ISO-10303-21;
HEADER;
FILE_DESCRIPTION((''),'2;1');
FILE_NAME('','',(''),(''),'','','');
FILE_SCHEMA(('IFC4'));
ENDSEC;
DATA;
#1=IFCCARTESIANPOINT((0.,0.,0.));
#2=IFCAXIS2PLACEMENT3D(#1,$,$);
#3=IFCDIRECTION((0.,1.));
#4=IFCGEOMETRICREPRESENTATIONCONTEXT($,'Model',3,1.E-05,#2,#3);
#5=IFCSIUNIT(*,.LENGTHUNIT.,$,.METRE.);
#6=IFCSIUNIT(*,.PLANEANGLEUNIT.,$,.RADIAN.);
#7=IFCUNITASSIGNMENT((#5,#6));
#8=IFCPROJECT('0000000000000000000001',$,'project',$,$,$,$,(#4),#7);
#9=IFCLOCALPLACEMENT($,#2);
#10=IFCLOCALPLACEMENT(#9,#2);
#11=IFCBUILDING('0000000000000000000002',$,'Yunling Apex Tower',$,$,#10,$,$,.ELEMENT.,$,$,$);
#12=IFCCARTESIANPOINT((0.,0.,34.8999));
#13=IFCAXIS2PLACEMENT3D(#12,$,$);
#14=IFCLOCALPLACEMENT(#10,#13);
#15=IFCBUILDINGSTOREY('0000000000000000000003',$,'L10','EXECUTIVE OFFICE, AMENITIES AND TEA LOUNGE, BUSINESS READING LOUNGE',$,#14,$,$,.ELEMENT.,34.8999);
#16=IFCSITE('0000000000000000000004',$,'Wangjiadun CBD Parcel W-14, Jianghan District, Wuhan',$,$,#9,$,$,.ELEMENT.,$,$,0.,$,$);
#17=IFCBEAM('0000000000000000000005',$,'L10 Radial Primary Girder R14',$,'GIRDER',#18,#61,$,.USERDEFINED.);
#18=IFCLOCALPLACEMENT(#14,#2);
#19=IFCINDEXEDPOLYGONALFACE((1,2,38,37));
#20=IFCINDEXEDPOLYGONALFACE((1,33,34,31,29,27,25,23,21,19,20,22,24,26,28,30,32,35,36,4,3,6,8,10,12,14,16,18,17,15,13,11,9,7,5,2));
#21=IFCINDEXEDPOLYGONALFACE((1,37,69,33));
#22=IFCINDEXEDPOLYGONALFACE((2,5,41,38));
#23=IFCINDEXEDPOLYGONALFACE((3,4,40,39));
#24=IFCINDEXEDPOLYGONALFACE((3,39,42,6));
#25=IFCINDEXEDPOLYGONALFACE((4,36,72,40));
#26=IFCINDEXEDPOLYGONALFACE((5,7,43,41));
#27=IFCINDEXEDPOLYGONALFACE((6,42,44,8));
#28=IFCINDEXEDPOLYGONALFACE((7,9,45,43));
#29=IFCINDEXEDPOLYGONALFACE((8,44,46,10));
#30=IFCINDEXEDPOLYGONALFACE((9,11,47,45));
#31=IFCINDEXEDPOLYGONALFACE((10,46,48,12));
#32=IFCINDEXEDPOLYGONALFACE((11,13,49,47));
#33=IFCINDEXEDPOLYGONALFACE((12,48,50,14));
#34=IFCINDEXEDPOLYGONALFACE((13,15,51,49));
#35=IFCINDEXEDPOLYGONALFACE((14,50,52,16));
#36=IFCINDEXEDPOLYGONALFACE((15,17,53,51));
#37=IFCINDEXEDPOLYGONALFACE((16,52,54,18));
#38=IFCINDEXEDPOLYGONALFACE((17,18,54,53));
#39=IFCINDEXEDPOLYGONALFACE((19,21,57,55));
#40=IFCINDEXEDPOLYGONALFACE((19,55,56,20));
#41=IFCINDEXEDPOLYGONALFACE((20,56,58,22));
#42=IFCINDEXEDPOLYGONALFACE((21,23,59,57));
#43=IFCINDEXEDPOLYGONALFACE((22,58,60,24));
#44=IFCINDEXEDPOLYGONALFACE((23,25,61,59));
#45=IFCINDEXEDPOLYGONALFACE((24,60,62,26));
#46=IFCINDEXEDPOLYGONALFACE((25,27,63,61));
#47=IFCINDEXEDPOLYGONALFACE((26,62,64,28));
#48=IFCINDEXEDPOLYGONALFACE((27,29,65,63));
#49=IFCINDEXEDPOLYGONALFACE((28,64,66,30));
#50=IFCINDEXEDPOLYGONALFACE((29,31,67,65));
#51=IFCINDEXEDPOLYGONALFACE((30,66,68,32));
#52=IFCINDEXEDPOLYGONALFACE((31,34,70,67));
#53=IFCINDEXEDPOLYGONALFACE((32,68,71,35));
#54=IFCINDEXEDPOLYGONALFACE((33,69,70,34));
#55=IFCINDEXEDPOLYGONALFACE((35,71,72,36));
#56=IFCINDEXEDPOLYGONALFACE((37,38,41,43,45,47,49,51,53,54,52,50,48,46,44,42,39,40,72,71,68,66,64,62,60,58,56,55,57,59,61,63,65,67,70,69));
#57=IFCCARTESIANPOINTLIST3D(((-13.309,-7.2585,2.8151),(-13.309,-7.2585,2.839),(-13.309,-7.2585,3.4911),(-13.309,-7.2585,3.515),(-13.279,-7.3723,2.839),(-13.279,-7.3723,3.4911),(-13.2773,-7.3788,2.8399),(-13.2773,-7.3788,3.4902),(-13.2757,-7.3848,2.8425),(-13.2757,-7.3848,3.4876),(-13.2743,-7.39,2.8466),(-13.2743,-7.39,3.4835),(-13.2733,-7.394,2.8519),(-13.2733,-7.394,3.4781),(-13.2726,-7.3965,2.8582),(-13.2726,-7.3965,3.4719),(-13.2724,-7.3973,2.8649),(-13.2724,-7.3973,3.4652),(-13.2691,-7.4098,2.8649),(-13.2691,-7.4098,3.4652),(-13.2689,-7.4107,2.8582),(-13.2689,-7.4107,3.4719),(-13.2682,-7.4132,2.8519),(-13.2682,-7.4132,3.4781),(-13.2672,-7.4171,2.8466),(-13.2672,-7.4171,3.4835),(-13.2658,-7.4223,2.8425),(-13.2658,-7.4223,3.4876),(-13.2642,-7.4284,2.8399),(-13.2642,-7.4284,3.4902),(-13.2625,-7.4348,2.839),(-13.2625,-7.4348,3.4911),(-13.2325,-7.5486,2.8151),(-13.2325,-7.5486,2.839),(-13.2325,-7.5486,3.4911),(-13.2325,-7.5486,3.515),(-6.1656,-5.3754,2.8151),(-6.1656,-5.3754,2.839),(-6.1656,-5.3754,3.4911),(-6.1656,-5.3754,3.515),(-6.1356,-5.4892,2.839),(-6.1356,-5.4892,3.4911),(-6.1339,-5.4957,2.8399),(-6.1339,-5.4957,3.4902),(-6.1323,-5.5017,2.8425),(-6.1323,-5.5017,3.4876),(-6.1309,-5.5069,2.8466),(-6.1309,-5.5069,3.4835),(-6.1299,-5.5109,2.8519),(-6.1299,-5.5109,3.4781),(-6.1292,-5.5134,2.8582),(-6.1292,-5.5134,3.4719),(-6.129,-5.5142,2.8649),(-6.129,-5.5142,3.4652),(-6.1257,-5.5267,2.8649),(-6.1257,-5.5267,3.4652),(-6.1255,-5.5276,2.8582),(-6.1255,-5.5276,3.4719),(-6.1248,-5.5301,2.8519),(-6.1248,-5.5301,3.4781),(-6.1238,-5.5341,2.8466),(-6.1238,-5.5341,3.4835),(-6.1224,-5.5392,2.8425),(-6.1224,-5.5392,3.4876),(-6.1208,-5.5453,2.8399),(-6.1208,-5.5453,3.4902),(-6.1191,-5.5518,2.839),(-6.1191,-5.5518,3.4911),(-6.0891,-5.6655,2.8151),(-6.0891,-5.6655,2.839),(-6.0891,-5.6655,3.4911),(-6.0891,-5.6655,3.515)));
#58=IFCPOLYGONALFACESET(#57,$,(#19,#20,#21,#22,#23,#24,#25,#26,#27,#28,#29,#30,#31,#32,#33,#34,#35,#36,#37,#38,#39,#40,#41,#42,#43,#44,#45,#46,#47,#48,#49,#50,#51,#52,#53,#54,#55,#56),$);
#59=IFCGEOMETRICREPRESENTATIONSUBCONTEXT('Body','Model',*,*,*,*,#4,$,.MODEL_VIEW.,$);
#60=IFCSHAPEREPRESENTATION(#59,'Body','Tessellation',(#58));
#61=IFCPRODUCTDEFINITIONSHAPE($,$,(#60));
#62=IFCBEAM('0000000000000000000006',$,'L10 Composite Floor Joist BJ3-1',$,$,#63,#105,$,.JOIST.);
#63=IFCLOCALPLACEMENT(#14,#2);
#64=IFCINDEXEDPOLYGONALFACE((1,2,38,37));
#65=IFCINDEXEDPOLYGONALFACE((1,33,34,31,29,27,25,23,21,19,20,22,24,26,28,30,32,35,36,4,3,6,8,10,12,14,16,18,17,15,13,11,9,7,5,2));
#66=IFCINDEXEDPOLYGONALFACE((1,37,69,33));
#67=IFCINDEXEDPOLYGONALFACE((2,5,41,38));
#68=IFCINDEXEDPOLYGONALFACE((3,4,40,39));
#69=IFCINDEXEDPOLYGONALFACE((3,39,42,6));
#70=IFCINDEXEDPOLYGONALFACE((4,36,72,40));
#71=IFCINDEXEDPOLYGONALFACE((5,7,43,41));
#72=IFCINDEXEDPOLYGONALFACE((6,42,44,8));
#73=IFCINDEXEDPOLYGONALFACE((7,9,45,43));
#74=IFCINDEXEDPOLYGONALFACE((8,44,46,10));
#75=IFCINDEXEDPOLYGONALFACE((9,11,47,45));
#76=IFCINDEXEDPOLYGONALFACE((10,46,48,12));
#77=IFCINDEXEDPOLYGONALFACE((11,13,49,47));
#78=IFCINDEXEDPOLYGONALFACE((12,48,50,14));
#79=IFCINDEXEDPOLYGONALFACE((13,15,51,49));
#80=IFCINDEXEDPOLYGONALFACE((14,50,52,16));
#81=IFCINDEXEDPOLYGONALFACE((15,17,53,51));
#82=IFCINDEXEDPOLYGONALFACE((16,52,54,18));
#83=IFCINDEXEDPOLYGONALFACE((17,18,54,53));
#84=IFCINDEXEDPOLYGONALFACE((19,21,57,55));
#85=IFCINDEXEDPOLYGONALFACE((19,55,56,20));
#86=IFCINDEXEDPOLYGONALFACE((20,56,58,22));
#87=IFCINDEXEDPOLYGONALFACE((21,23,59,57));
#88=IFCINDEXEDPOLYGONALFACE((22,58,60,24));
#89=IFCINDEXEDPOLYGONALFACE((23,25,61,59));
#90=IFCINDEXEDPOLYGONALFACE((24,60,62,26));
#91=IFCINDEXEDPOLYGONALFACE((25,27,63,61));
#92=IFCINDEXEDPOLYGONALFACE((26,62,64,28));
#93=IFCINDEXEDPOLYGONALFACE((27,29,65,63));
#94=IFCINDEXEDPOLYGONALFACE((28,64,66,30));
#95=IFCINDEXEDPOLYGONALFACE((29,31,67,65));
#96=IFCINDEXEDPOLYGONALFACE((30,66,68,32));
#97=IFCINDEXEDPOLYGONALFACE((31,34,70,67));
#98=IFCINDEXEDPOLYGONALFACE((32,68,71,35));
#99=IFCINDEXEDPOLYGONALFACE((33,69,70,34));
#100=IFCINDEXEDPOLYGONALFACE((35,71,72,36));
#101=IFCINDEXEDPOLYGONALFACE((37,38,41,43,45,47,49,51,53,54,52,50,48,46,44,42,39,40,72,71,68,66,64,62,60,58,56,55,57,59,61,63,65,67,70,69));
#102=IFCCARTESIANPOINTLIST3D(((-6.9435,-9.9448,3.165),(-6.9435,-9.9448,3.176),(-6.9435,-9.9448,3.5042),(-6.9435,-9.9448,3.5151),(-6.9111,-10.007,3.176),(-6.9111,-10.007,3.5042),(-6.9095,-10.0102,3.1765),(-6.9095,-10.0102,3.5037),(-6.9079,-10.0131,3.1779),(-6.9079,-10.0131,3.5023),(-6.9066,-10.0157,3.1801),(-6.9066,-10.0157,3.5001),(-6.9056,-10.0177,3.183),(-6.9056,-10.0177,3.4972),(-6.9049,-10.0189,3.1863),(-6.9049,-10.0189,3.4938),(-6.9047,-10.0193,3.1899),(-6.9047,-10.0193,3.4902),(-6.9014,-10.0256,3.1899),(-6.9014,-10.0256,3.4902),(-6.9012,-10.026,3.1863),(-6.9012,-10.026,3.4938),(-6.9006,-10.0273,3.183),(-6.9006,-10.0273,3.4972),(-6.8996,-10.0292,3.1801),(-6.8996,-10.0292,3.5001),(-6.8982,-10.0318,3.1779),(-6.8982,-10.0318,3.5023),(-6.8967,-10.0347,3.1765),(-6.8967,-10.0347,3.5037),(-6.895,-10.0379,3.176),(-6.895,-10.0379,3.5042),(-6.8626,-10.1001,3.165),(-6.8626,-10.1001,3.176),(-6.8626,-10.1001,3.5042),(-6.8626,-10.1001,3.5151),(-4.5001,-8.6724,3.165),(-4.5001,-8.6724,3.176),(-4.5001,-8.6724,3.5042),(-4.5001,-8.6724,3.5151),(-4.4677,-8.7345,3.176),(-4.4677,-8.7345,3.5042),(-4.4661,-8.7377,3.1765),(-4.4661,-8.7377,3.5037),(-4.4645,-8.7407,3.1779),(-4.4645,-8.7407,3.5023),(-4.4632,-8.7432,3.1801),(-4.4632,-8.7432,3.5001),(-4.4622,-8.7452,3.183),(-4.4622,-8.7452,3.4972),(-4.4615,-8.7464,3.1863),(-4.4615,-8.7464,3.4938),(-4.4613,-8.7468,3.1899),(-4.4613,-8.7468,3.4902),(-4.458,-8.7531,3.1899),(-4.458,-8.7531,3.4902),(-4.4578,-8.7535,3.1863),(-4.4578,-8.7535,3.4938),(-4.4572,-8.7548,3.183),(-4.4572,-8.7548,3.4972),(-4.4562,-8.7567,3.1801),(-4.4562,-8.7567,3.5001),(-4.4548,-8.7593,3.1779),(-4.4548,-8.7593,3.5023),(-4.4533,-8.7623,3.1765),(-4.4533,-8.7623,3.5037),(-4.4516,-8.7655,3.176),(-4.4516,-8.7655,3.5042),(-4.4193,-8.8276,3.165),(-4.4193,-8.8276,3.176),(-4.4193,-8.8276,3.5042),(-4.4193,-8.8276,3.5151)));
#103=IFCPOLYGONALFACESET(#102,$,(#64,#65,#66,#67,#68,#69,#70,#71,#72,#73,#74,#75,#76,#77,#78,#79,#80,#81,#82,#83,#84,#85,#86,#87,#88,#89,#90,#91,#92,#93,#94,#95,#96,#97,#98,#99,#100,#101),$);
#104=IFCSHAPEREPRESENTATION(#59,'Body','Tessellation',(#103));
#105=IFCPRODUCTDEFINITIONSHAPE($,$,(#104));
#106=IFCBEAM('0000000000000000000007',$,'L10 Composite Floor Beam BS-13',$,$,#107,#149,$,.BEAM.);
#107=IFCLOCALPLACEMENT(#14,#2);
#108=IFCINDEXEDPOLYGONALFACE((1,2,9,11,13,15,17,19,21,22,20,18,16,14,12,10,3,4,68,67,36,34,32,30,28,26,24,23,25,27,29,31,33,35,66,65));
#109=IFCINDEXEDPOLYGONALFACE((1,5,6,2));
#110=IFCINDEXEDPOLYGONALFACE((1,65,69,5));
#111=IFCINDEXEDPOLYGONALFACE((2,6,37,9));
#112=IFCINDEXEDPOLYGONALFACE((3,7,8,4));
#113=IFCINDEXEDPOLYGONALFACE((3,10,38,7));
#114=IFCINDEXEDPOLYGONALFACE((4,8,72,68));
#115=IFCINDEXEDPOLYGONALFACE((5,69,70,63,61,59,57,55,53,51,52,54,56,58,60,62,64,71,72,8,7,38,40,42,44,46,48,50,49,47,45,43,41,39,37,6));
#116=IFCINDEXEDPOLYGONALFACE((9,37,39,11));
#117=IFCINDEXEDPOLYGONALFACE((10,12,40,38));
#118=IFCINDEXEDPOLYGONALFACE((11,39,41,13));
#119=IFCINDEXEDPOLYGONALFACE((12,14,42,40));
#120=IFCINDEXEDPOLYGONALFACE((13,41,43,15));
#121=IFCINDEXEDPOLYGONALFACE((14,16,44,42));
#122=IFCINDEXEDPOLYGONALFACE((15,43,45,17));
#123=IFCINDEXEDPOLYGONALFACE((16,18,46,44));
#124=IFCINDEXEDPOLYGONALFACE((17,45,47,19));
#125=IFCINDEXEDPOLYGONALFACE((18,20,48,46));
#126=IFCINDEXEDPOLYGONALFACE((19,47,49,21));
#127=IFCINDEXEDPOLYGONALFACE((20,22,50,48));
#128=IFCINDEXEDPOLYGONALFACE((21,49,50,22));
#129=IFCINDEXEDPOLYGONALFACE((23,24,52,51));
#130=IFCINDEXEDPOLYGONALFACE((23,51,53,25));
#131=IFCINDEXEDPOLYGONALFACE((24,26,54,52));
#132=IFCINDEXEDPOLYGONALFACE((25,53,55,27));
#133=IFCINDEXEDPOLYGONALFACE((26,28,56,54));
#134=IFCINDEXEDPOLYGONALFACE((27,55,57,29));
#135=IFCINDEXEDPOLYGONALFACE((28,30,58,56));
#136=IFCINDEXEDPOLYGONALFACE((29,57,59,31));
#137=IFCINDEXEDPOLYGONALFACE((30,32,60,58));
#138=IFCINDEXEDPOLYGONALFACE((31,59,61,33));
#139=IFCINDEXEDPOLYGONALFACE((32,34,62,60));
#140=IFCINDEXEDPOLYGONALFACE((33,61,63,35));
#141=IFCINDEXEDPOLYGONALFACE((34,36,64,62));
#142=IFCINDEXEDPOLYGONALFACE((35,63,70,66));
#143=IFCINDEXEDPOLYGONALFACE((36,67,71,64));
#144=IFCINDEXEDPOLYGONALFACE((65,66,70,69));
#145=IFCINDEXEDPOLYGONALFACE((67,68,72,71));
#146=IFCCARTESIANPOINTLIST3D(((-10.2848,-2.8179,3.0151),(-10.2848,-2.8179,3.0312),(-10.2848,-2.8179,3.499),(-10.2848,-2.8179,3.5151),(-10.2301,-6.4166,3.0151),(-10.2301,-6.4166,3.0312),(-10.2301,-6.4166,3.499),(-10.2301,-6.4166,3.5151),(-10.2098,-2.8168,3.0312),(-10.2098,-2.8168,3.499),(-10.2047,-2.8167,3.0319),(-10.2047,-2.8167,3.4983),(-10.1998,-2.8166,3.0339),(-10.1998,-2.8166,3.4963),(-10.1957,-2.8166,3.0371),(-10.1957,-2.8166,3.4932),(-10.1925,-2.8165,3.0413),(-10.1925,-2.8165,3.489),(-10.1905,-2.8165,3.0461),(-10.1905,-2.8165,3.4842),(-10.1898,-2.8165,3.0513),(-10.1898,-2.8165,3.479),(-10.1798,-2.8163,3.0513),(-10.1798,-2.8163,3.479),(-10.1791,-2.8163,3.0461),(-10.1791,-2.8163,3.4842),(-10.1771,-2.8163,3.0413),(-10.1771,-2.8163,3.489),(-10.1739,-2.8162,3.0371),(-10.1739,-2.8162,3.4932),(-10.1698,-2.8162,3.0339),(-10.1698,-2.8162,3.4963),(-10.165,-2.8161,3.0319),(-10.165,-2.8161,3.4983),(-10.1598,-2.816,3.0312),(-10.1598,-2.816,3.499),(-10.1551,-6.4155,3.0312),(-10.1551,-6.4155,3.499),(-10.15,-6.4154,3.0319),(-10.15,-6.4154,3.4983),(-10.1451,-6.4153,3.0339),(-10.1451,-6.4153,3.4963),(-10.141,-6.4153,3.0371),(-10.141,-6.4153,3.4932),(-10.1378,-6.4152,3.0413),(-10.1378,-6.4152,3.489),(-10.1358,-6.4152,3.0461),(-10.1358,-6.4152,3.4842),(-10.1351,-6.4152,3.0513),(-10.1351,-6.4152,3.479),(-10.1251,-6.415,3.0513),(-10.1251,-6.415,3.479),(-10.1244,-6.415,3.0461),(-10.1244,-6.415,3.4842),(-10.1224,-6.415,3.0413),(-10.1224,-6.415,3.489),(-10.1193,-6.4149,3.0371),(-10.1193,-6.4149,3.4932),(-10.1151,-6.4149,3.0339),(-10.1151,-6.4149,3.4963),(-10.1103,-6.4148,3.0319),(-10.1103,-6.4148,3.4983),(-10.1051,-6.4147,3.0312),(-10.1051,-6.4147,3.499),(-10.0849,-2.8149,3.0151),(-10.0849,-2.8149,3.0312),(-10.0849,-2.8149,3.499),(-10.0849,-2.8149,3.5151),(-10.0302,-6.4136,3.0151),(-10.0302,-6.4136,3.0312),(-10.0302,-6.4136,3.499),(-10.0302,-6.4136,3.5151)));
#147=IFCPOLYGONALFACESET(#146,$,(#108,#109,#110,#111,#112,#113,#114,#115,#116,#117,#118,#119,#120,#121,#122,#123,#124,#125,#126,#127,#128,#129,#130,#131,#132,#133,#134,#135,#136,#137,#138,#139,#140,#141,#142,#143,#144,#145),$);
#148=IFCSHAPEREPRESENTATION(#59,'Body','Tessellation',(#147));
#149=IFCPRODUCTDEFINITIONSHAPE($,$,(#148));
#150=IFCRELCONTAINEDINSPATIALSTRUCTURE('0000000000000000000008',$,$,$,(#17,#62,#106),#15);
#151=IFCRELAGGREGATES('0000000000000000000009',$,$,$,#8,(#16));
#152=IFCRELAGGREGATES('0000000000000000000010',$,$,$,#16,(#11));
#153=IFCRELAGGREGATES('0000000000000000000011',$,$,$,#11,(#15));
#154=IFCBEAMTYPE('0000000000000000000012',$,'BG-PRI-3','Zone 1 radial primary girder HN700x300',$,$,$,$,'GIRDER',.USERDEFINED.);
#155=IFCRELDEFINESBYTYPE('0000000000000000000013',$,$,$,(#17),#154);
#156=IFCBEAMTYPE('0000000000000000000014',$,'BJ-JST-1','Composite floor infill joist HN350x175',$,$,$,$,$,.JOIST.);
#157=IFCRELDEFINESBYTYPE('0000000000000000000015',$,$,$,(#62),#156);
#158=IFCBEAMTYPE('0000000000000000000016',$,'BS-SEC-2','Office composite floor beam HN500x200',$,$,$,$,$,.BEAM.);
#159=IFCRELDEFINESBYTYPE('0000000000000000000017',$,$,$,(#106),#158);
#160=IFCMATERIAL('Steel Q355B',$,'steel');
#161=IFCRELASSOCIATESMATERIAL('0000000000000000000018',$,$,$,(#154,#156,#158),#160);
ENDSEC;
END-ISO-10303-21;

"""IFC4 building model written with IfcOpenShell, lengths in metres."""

from ifc_helpers import new_model, si_unit, direction, frame, origin, origin_2d, place, context, subcontext, project, spatial, i_section, extrude, source, transform, mapped, material, material_profile, profile_set, type_object, element, save


model = new_model("IFC4")

# Units and contexts
model_context = context("Model", 3, precision=1e-05, world=origin(), true_north=direction((0.0, 1.0)))
body_context = subcontext(model_context, "Body", "Model", "MODEL_VIEW")
ifc_project = project(units=[si_unit("LENGTHUNIT", "METRE"), si_unit("PLANEANGLEUNIT", "RADIAN")], contexts=[model_context])

# Site, building, storey
site_placement = place(None, origin())
site = spatial("IfcSite", under=ifc_project, at=site_placement, Name="Wangjiadun CBD Parcel W-14, Jianghan District, Wuhan", CompositionType="ELEMENT", RefElevation=0.0)
building_placement = place(site_placement, origin())
building = spatial("IfcBuilding", under=site, at=building_placement, Name="Yunling Apex Tower", CompositionType="ELEMENT")
storey_placement = place(building_placement, frame((0.0, 0.0, 34.8999)))
storey = spatial("IfcBuildingStorey", under=building, at=storey_placement, Name="L10", Description="EXECUTIVE OFFICE, AMENITIES AND TEA LOUNGE, BUSINESS READING LOUNGE", CompositionType="ELEMENT", Elevation=34.8999)

# Beams
ifc_material_1 = material(Name="Steel Q355B", Category="steel")
ifc_material_profile_1 = material_profile(ifc_material_1, i_section(OverallWidth=0.3, OverallDepth=0.7, WebThickness=0.0129, FlangeThickness=0.0239, FilletRadius=0.0259, at=origin_2d()))
ifc_profile_set_1 = profile_set([ifc_material_profile_1], Name="Steel Q355B")
beam_type_1 = type_object("IfcBeamType", Name="BG-PRI-3", Description="Zone 1 radial primary girder HN700x300", ElementType="GIRDER", PredefinedType="USERDEFINED", material=ifc_profile_set_1)
shared_shape_1 = source(origin(), body_context, "Body", "SweptSolid", [
    extrude(i_section(OverallWidth=0.3, OverallDepth=0.7, WebThickness=0.0129, FlangeThickness=0.0239, FilletRadius=0.0259, at=origin_2d()), origin(), (0.0, 0.0, 1.0), 7.3875),
])
beam_1_placement = place(storey_placement, frame((-13.2708, -7.4036, 3.165), z_axis=(0.966967, 0.254903, 0.0), x_axis=(-0.254903, 0.966967, 0.0)))
element("IfcBeam", 1, at=beam_1_placement, inside=storey, type_object=beam_type_1, Name="L10 Radial Primary Girder R14", ObjectType="GIRDER", PredefinedType="USERDEFINED", context=body_context, shape_type="MappedRepresentation", body=[
    mapped(shared_shape_1, transform((0.0, 0.0, 0.0), scale=1.0)),
])
ifc_material_profile_2 = material_profile(ifc_material_1, i_section(OverallWidth=0.175, OverallDepth=0.3501, WebThickness=0.0071, FlangeThickness=0.011, FilletRadius=0.0139, at=origin_2d()))
ifc_profile_set_2 = profile_set([ifc_material_profile_2], Name="Steel Q355B")
beam_type_2 = type_object("IfcBeamType", Name="BJ-JST-1", Description="Composite floor infill joist HN350x175", PredefinedType="JOIST", material=ifc_profile_set_2)
shared_shape_2 = source(origin(), body_context, "Body", "SweptSolid", [
    extrude(i_section(OverallWidth=0.175, OverallDepth=0.3501, WebThickness=0.0071, FlangeThickness=0.011, FilletRadius=0.0139, at=origin_2d()), origin(), (0.0, 0.0, 1.0), 2.7549),
])
beam_2_placement = place(storey_placement, frame((-6.9031, -10.0225, 3.3401), z_axis=(0.886932, 0.4619, 0.0), x_axis=(-0.4619, 0.886932, 0.0)))
element("IfcBeam", 2, at=beam_2_placement, inside=storey, type_object=beam_type_2, Name="L10 Composite Floor Joist BJ3-1", PredefinedType="JOIST", context=body_context, shape_type="MappedRepresentation", body=[
    mapped(shared_shape_2, transform((0.0, 0.0, 0.0), scale=1.0)),
])
ifc_material_profile_3 = material_profile(ifc_material_1, i_section(OverallWidth=0.2, OverallDepth=0.5, WebThickness=0.01, FlangeThickness=0.0161, FilletRadius=0.02, at=origin_2d()))
ifc_profile_set_3 = profile_set([ifc_material_profile_3], Name="Steel Q355B")
beam_type_3 = type_object("IfcBeamType", Name="BS-SEC-2", Description="Office composite floor beam HN500x200", PredefinedType="BEAM", material=ifc_profile_set_3)
shared_shape_3 = source(origin(), body_context, "Body", "SweptSolid", [
    extrude(i_section(OverallWidth=0.2, OverallDepth=0.5, WebThickness=0.01, FlangeThickness=0.0161, FilletRadius=0.02, at=origin_2d()), origin(), (0.0, 0.0, 1.0), 3.5991),
])
beam_3_placement = place(storey_placement, frame((-10.1848, -2.8164, 3.2651), z_axis=(0.015195, -0.999885, 0.0), x_axis=(0.999885, 0.015195, 0.0)))
element("IfcBeam", 3, at=beam_3_placement, inside=storey, type_object=beam_type_3, Name="L10 Composite Floor Beam BS-13", PredefinedType="BEAM", context=body_context, shape_type="MappedRepresentation", body=[
    mapped(shared_shape_3, transform((0.0, 0.0, 0.0), scale=1.0)),
])

save(model, "model.ifc")
